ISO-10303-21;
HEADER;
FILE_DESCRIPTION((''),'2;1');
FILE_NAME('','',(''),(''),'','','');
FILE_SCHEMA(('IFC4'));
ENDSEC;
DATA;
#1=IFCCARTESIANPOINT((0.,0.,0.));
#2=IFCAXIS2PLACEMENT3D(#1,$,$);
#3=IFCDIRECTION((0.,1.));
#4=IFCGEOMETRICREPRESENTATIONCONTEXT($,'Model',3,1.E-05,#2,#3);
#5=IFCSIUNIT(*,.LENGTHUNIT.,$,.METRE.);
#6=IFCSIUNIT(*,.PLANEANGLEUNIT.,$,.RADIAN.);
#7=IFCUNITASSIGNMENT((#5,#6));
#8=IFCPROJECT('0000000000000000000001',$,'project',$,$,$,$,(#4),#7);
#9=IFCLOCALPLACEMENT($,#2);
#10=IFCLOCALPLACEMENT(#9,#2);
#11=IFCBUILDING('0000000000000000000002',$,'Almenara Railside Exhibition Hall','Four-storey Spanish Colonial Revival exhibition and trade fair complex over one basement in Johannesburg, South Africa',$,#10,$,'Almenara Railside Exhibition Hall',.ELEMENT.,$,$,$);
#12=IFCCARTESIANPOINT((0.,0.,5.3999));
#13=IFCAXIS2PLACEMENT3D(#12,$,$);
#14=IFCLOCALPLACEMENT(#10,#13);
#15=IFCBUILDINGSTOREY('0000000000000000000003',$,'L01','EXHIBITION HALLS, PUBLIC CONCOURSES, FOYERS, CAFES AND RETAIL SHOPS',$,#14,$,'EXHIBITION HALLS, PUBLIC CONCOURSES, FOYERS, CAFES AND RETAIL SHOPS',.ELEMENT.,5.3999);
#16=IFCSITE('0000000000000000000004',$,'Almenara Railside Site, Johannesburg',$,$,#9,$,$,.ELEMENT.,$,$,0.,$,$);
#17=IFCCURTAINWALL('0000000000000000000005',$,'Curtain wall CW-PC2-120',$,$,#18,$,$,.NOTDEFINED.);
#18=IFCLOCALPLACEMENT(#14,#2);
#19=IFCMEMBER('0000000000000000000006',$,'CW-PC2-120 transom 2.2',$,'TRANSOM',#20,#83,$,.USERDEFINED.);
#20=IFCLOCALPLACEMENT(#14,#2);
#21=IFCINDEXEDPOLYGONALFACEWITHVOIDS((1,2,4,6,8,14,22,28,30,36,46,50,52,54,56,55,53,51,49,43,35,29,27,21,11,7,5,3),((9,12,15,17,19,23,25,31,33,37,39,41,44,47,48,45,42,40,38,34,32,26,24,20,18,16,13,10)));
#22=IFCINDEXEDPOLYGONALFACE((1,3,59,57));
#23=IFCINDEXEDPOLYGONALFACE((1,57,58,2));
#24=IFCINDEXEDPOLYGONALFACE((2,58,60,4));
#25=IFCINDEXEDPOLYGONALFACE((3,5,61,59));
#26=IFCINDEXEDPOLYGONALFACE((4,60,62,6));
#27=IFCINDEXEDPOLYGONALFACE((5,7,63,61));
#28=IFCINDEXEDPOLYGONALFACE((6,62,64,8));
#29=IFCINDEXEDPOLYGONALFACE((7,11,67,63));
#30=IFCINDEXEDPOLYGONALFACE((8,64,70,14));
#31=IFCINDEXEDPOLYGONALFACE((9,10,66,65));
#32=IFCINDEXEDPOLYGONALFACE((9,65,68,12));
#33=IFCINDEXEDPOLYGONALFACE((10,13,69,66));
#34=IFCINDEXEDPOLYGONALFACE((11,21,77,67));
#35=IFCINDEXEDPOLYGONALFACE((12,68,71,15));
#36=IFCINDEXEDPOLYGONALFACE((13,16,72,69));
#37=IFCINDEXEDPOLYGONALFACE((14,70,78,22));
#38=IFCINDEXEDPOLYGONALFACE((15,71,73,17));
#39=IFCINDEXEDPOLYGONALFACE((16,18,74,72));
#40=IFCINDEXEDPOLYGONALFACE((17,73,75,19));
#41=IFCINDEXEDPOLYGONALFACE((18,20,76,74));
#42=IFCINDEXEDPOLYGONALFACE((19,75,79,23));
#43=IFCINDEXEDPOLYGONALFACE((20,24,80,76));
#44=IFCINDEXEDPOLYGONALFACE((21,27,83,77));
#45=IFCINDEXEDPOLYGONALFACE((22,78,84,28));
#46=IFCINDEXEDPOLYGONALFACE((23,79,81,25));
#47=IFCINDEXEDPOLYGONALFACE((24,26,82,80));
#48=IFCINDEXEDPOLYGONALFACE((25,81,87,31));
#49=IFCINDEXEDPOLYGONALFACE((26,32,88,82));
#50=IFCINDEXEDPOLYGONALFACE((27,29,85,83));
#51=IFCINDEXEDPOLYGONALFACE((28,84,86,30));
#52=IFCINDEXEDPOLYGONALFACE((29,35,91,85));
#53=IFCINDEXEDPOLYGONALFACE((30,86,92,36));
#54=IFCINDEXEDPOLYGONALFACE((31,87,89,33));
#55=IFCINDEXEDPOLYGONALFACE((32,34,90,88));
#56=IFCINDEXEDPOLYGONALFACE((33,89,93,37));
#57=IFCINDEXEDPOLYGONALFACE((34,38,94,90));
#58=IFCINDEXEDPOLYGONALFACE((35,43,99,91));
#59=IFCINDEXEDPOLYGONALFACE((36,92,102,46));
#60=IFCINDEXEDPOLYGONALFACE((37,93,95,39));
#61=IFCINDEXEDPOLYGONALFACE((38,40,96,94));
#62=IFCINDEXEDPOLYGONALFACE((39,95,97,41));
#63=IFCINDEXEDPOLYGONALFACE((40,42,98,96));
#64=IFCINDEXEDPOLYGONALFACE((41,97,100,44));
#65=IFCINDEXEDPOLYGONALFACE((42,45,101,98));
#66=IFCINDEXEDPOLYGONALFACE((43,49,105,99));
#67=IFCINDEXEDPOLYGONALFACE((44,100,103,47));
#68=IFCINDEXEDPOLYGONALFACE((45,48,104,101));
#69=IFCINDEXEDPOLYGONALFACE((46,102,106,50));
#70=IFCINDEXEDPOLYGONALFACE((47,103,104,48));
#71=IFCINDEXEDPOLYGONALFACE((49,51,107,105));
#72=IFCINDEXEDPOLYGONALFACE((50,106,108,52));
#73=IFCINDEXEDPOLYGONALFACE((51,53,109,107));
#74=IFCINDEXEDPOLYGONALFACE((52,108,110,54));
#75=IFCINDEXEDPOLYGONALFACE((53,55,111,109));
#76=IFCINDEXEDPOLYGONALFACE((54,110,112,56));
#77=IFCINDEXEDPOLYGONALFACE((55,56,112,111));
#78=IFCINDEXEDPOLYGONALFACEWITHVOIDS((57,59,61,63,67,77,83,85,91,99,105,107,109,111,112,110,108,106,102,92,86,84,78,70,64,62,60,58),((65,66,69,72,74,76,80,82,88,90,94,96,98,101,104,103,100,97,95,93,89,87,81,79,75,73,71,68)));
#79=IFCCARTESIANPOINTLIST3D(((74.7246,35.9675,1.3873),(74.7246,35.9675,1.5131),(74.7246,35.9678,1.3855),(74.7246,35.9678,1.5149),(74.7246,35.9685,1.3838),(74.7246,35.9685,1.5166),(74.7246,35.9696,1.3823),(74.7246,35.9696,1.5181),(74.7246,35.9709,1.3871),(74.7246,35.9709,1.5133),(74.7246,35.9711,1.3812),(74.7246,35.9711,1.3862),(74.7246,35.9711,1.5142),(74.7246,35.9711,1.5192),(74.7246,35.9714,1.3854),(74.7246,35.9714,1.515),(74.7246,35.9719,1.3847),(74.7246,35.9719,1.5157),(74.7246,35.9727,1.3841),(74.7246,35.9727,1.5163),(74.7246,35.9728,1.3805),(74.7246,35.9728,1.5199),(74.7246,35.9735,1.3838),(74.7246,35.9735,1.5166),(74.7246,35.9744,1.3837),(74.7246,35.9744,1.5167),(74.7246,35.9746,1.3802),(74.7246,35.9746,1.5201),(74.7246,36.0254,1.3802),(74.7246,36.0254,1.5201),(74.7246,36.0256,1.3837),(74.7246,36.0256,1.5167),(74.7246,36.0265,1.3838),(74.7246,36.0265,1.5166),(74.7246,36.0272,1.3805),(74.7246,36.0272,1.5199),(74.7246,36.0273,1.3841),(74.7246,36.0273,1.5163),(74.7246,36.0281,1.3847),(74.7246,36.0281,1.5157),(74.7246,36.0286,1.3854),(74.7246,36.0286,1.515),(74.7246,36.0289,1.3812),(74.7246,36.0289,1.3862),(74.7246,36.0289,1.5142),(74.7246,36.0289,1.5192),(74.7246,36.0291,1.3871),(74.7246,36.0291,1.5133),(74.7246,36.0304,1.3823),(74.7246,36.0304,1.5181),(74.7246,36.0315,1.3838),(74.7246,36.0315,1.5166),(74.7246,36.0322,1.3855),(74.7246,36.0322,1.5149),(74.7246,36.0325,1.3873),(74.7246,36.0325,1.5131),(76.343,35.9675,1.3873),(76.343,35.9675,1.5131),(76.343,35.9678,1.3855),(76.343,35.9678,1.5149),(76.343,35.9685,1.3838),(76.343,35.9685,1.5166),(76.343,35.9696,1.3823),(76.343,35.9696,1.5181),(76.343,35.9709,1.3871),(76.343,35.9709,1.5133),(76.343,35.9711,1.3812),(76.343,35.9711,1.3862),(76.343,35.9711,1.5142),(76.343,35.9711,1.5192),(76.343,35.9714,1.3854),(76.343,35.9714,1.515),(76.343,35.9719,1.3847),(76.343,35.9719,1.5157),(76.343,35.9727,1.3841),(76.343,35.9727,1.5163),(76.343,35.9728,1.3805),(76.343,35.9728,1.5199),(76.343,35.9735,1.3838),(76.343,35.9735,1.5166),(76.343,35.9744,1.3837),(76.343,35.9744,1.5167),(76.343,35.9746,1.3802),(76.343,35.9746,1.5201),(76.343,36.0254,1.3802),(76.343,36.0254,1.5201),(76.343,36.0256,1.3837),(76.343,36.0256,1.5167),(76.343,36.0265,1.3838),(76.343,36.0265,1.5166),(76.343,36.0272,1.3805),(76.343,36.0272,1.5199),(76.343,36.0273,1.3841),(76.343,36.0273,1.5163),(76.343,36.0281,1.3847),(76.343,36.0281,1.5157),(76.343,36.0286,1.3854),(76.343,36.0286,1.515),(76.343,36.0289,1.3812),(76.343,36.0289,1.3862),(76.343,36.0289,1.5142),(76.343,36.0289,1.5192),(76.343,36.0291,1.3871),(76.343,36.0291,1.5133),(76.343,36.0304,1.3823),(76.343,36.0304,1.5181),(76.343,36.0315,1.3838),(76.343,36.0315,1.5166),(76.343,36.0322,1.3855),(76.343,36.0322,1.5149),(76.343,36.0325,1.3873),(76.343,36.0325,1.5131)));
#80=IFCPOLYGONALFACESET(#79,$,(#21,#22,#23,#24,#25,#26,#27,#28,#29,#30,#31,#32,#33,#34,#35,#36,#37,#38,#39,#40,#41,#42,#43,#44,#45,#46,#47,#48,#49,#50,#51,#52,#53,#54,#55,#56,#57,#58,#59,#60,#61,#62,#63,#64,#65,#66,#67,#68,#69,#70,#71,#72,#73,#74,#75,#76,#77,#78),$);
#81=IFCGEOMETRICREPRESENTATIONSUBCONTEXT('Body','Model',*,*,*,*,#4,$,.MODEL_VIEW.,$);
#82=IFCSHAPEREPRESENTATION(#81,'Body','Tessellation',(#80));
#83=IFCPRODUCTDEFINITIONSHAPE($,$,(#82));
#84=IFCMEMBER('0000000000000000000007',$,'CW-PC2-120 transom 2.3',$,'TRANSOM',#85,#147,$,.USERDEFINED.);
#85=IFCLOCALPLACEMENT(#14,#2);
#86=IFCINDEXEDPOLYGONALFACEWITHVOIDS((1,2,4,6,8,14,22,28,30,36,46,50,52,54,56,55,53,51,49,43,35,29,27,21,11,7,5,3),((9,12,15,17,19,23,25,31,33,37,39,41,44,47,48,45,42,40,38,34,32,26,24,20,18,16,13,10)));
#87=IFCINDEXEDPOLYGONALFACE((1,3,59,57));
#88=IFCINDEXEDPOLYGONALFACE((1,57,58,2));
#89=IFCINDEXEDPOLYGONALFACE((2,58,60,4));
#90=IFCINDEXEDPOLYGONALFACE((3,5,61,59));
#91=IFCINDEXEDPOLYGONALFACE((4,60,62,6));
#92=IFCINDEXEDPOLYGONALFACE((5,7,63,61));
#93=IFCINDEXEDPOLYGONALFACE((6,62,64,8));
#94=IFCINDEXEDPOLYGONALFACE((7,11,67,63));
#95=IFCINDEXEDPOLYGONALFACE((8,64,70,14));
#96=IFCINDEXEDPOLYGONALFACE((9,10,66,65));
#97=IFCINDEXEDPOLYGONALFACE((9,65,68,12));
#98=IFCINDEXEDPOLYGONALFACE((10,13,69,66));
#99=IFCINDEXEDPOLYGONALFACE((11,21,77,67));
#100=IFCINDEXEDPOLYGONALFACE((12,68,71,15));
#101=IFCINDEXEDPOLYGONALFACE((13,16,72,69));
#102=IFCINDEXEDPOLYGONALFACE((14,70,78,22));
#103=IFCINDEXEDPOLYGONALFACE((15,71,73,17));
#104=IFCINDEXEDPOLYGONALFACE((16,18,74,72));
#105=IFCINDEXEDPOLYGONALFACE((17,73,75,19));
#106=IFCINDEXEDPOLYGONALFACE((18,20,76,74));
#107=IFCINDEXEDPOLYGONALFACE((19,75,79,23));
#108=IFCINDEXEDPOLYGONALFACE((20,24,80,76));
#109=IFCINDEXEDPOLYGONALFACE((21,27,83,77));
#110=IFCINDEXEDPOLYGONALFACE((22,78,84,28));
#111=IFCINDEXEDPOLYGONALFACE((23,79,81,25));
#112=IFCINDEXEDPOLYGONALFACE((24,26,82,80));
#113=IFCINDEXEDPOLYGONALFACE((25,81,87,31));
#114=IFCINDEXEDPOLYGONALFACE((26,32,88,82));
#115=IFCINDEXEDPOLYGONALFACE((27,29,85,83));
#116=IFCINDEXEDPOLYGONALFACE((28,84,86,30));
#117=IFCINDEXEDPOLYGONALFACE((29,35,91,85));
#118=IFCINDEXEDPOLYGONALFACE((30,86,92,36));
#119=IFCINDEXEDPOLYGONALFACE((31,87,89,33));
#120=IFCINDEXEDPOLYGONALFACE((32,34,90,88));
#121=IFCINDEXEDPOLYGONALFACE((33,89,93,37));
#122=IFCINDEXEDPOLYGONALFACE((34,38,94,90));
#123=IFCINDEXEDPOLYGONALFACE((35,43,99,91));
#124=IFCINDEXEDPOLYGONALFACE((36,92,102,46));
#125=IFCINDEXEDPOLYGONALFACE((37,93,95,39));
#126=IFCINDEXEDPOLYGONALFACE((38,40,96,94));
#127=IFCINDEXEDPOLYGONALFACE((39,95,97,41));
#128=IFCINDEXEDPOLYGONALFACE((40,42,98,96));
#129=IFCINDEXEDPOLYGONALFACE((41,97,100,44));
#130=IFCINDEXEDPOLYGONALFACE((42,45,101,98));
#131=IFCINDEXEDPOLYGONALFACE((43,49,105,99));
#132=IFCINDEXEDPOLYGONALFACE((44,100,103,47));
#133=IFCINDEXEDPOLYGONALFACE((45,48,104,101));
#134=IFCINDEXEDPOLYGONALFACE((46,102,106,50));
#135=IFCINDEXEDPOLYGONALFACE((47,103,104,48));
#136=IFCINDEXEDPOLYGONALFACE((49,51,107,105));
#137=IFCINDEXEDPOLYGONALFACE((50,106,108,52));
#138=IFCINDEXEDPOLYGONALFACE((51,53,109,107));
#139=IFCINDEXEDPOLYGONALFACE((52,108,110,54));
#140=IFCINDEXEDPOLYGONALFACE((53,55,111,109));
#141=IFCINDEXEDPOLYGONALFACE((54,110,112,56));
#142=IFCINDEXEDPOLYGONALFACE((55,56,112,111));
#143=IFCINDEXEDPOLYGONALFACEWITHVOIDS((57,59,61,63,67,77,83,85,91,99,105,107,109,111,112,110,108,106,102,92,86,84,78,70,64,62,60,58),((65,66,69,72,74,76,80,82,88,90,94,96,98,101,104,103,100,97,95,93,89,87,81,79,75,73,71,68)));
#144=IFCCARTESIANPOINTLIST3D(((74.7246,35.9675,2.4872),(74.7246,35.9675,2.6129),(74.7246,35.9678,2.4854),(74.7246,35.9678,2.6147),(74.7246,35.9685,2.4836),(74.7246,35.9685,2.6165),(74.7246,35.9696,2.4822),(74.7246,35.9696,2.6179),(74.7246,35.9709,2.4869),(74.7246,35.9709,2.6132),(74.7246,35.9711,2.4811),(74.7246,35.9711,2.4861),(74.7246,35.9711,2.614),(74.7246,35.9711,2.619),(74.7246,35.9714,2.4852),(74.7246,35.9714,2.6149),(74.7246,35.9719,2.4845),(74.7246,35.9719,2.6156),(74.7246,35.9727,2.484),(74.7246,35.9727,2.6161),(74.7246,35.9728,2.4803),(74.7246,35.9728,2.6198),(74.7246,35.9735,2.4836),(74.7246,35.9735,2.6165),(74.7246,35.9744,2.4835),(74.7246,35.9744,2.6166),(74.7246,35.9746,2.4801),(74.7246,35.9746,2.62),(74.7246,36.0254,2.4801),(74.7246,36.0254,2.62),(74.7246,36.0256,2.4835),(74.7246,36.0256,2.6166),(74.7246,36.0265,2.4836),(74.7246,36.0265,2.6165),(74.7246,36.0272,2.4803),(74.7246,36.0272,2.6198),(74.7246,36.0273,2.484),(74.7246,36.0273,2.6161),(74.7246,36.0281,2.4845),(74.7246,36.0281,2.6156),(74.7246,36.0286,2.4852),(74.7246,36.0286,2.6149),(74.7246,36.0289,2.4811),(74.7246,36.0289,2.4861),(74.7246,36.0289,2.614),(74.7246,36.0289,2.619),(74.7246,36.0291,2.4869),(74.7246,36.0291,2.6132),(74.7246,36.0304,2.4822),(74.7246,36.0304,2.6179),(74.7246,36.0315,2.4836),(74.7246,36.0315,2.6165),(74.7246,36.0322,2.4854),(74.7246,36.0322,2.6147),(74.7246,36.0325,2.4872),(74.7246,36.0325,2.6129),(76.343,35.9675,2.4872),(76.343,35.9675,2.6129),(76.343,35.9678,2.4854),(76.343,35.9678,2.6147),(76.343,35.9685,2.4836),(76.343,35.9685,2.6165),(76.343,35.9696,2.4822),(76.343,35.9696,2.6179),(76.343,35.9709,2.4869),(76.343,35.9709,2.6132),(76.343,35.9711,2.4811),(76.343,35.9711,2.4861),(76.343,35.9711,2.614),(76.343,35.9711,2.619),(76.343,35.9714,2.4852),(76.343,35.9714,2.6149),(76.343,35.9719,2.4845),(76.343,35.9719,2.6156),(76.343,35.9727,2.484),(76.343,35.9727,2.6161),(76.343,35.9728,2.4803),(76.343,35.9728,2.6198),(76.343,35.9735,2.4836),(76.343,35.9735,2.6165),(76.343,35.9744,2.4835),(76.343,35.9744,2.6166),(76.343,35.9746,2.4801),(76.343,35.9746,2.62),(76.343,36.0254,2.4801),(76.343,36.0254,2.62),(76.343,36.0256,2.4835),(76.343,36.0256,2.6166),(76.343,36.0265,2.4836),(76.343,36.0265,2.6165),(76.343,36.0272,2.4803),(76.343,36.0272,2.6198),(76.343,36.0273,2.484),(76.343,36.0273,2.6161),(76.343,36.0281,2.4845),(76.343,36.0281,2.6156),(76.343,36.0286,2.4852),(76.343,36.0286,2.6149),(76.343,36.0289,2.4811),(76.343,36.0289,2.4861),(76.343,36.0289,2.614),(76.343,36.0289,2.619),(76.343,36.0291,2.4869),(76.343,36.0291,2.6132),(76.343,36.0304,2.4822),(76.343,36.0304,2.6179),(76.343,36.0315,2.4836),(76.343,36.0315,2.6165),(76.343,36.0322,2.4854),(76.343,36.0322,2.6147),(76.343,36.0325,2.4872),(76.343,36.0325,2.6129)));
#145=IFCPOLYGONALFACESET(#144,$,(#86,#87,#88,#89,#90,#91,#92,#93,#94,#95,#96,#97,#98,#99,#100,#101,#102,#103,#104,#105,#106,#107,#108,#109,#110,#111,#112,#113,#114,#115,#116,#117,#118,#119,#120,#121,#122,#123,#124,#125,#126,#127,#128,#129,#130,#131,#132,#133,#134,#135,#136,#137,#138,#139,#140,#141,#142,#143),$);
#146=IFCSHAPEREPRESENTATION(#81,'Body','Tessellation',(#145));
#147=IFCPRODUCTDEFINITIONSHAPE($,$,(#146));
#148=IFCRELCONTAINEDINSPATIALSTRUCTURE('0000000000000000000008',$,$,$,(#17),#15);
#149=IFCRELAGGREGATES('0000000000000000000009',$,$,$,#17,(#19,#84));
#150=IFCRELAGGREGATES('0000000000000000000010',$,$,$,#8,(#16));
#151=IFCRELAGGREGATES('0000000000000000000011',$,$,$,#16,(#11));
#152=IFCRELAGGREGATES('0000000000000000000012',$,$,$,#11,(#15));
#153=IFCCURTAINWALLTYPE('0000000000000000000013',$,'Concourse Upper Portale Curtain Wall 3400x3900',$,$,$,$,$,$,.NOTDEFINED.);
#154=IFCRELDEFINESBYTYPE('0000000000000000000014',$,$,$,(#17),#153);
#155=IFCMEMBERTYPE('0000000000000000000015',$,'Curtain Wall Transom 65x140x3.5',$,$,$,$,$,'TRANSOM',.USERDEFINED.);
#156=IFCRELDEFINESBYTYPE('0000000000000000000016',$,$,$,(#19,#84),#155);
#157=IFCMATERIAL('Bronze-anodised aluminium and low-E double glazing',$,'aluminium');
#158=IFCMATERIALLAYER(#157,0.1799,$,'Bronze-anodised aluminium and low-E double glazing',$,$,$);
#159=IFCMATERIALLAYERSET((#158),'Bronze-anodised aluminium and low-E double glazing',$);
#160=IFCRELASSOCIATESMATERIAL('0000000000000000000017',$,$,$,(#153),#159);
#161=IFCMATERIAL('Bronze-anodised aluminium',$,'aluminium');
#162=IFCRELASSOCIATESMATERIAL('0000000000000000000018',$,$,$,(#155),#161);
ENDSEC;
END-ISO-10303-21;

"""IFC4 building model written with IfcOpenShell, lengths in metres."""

from ifc_helpers import new_model, si_unit, direction, frame, origin, origin_2d, place, context, subcontext, project, spatial, hollow_rectangle, extrude, material, layer, layer_set, material_profile, profile_set, type_object, element, aggregate, save


model = new_model("IFC4")

# Units and contexts
model_context = context("Model", 3, precision=1e-05, world=origin(), true_north=direction((0.0, 1.0)))
body_context = subcontext(model_context, "Body", "Model", "MODEL_VIEW")
ifc_project = project(units=[si_unit("LENGTHUNIT", "METRE"), si_unit("PLANEANGLEUNIT", "RADIAN")], contexts=[model_context])

# Site, building, storey
site_placement = place(None, origin())
site = spatial("IfcSite", under=ifc_project, at=site_placement, Name="Almenara Railside Site, Johannesburg", CompositionType="ELEMENT", RefElevation=0.0)
building_placement = place(site_placement, origin())
building = spatial("IfcBuilding", under=site, at=building_placement, Name="Almenara Railside Exhibition Hall", Description="Four-storey Spanish Colonial Revival exhibition and trade fair complex over one basement in Johannesburg, South Africa", LongName="Almenara Railside Exhibition Hall", CompositionType="ELEMENT")
storey_placement = place(building_placement, frame((0.0, 0.0, 5.3999)))
storey = spatial("IfcBuildingStorey", under=building, at=storey_placement, Name="L01", Description="EXHIBITION HALLS, PUBLIC CONCOURSES, FOYERS, CAFES AND RETAIL SHOPS", LongName="EXHIBITION HALLS, PUBLIC CONCOURSES, FOYERS, CAFES AND RETAIL SHOPS", CompositionType="ELEMENT", Elevation=5.3999)

# Shared definitions
ifc_material_1 = material(Name="Bronze-anodised aluminium and low-E double glazing", Category="aluminium")
ifc_material_2 = material(Name="Bronze-anodised aluminium", Category="aluminium")

# Curtain wall
ifc_layer_1 = layer(ifc_material_1, 0.1799, Name="Bronze-anodised aluminium and low-E double glazing")
ifc_layer_set_1 = layer_set([ifc_layer_1], Name="Bronze-anodised aluminium and low-E double glazing")
curtain_wall_type_1 = type_object("IfcCurtainWallType", Name="Concourse Upper Portale Curtain Wall 3400x3900", PredefinedType="NOTDEFINED", material=ifc_layer_set_1)
curtain_wall_1_placement = place(storey_placement, origin())
curtain_wall_1 = element("IfcCurtainWall", 1, at=curtain_wall_1_placement, inside=storey, type_object=curtain_wall_type_1, Name="Curtain wall CW-PC2-120", PredefinedType="NOTDEFINED")

# Members
ifc_material_profile_1 = material_profile(ifc_material_2, hollow_rectangle(XDim=0.0649, YDim=0.1399, WallThickness=0.0034, InnerFilletRadius=0.0034, OuterFilletRadius=0.0071, at=origin_2d()), Name="ALU-TRN 65x140x3.5")
ifc_profile_set_1 = profile_set([ifc_material_profile_1], Name="Bronze-anodised aluminium")
member_type_1 = type_object("IfcMemberType", Name="Curtain Wall Transom 65x140x3.5", ElementType="TRANSOM", PredefinedType="USERDEFINED", material=ifc_profile_set_1)
member_1_placement = place(storey_placement, frame((74.7246, 36.0, 1.4502), z_axis=(1.0, 0.0, 0.0), x_axis=(0.0, 1.0, 0.0)))
member_1 = element("IfcMember", 2, at=member_1_placement, type_object=member_type_1, Name="CW-PC2-120 transom 2.2", ObjectType="TRANSOM", PredefinedType="USERDEFINED", context=body_context, shape_type="SweptSolid", body=[
    extrude(hollow_rectangle(XDim=0.0649, YDim=0.1399, WallThickness=0.0034, InnerFilletRadius=0.0034, OuterFilletRadius=0.0071, at=origin_2d()), origin(), (0.0, 0.0, 1.0), 1.6184),
])
member_2_placement = place(storey_placement, frame((74.7246, 36.0, 2.55), z_axis=(1.0, 0.0, 0.0), x_axis=(0.0, 1.0, 0.0)))
member_2 = element("IfcMember", 3, at=member_2_placement, type_object=member_type_1, Name="CW-PC2-120 transom 2.3", ObjectType="TRANSOM", PredefinedType="USERDEFINED", context=body_context, shape_type="SweptSolid", body=[
    extrude(hollow_rectangle(XDim=0.0649, YDim=0.1399, WallThickness=0.0034, InnerFilletRadius=0.0034, OuterFilletRadius=0.0071, at=origin_2d()), origin(), (0.0, 0.0, 1.0), 1.6184),
])

aggregate(curtain_wall_1, [member_1, member_2])

save(model, "model.ifc")
